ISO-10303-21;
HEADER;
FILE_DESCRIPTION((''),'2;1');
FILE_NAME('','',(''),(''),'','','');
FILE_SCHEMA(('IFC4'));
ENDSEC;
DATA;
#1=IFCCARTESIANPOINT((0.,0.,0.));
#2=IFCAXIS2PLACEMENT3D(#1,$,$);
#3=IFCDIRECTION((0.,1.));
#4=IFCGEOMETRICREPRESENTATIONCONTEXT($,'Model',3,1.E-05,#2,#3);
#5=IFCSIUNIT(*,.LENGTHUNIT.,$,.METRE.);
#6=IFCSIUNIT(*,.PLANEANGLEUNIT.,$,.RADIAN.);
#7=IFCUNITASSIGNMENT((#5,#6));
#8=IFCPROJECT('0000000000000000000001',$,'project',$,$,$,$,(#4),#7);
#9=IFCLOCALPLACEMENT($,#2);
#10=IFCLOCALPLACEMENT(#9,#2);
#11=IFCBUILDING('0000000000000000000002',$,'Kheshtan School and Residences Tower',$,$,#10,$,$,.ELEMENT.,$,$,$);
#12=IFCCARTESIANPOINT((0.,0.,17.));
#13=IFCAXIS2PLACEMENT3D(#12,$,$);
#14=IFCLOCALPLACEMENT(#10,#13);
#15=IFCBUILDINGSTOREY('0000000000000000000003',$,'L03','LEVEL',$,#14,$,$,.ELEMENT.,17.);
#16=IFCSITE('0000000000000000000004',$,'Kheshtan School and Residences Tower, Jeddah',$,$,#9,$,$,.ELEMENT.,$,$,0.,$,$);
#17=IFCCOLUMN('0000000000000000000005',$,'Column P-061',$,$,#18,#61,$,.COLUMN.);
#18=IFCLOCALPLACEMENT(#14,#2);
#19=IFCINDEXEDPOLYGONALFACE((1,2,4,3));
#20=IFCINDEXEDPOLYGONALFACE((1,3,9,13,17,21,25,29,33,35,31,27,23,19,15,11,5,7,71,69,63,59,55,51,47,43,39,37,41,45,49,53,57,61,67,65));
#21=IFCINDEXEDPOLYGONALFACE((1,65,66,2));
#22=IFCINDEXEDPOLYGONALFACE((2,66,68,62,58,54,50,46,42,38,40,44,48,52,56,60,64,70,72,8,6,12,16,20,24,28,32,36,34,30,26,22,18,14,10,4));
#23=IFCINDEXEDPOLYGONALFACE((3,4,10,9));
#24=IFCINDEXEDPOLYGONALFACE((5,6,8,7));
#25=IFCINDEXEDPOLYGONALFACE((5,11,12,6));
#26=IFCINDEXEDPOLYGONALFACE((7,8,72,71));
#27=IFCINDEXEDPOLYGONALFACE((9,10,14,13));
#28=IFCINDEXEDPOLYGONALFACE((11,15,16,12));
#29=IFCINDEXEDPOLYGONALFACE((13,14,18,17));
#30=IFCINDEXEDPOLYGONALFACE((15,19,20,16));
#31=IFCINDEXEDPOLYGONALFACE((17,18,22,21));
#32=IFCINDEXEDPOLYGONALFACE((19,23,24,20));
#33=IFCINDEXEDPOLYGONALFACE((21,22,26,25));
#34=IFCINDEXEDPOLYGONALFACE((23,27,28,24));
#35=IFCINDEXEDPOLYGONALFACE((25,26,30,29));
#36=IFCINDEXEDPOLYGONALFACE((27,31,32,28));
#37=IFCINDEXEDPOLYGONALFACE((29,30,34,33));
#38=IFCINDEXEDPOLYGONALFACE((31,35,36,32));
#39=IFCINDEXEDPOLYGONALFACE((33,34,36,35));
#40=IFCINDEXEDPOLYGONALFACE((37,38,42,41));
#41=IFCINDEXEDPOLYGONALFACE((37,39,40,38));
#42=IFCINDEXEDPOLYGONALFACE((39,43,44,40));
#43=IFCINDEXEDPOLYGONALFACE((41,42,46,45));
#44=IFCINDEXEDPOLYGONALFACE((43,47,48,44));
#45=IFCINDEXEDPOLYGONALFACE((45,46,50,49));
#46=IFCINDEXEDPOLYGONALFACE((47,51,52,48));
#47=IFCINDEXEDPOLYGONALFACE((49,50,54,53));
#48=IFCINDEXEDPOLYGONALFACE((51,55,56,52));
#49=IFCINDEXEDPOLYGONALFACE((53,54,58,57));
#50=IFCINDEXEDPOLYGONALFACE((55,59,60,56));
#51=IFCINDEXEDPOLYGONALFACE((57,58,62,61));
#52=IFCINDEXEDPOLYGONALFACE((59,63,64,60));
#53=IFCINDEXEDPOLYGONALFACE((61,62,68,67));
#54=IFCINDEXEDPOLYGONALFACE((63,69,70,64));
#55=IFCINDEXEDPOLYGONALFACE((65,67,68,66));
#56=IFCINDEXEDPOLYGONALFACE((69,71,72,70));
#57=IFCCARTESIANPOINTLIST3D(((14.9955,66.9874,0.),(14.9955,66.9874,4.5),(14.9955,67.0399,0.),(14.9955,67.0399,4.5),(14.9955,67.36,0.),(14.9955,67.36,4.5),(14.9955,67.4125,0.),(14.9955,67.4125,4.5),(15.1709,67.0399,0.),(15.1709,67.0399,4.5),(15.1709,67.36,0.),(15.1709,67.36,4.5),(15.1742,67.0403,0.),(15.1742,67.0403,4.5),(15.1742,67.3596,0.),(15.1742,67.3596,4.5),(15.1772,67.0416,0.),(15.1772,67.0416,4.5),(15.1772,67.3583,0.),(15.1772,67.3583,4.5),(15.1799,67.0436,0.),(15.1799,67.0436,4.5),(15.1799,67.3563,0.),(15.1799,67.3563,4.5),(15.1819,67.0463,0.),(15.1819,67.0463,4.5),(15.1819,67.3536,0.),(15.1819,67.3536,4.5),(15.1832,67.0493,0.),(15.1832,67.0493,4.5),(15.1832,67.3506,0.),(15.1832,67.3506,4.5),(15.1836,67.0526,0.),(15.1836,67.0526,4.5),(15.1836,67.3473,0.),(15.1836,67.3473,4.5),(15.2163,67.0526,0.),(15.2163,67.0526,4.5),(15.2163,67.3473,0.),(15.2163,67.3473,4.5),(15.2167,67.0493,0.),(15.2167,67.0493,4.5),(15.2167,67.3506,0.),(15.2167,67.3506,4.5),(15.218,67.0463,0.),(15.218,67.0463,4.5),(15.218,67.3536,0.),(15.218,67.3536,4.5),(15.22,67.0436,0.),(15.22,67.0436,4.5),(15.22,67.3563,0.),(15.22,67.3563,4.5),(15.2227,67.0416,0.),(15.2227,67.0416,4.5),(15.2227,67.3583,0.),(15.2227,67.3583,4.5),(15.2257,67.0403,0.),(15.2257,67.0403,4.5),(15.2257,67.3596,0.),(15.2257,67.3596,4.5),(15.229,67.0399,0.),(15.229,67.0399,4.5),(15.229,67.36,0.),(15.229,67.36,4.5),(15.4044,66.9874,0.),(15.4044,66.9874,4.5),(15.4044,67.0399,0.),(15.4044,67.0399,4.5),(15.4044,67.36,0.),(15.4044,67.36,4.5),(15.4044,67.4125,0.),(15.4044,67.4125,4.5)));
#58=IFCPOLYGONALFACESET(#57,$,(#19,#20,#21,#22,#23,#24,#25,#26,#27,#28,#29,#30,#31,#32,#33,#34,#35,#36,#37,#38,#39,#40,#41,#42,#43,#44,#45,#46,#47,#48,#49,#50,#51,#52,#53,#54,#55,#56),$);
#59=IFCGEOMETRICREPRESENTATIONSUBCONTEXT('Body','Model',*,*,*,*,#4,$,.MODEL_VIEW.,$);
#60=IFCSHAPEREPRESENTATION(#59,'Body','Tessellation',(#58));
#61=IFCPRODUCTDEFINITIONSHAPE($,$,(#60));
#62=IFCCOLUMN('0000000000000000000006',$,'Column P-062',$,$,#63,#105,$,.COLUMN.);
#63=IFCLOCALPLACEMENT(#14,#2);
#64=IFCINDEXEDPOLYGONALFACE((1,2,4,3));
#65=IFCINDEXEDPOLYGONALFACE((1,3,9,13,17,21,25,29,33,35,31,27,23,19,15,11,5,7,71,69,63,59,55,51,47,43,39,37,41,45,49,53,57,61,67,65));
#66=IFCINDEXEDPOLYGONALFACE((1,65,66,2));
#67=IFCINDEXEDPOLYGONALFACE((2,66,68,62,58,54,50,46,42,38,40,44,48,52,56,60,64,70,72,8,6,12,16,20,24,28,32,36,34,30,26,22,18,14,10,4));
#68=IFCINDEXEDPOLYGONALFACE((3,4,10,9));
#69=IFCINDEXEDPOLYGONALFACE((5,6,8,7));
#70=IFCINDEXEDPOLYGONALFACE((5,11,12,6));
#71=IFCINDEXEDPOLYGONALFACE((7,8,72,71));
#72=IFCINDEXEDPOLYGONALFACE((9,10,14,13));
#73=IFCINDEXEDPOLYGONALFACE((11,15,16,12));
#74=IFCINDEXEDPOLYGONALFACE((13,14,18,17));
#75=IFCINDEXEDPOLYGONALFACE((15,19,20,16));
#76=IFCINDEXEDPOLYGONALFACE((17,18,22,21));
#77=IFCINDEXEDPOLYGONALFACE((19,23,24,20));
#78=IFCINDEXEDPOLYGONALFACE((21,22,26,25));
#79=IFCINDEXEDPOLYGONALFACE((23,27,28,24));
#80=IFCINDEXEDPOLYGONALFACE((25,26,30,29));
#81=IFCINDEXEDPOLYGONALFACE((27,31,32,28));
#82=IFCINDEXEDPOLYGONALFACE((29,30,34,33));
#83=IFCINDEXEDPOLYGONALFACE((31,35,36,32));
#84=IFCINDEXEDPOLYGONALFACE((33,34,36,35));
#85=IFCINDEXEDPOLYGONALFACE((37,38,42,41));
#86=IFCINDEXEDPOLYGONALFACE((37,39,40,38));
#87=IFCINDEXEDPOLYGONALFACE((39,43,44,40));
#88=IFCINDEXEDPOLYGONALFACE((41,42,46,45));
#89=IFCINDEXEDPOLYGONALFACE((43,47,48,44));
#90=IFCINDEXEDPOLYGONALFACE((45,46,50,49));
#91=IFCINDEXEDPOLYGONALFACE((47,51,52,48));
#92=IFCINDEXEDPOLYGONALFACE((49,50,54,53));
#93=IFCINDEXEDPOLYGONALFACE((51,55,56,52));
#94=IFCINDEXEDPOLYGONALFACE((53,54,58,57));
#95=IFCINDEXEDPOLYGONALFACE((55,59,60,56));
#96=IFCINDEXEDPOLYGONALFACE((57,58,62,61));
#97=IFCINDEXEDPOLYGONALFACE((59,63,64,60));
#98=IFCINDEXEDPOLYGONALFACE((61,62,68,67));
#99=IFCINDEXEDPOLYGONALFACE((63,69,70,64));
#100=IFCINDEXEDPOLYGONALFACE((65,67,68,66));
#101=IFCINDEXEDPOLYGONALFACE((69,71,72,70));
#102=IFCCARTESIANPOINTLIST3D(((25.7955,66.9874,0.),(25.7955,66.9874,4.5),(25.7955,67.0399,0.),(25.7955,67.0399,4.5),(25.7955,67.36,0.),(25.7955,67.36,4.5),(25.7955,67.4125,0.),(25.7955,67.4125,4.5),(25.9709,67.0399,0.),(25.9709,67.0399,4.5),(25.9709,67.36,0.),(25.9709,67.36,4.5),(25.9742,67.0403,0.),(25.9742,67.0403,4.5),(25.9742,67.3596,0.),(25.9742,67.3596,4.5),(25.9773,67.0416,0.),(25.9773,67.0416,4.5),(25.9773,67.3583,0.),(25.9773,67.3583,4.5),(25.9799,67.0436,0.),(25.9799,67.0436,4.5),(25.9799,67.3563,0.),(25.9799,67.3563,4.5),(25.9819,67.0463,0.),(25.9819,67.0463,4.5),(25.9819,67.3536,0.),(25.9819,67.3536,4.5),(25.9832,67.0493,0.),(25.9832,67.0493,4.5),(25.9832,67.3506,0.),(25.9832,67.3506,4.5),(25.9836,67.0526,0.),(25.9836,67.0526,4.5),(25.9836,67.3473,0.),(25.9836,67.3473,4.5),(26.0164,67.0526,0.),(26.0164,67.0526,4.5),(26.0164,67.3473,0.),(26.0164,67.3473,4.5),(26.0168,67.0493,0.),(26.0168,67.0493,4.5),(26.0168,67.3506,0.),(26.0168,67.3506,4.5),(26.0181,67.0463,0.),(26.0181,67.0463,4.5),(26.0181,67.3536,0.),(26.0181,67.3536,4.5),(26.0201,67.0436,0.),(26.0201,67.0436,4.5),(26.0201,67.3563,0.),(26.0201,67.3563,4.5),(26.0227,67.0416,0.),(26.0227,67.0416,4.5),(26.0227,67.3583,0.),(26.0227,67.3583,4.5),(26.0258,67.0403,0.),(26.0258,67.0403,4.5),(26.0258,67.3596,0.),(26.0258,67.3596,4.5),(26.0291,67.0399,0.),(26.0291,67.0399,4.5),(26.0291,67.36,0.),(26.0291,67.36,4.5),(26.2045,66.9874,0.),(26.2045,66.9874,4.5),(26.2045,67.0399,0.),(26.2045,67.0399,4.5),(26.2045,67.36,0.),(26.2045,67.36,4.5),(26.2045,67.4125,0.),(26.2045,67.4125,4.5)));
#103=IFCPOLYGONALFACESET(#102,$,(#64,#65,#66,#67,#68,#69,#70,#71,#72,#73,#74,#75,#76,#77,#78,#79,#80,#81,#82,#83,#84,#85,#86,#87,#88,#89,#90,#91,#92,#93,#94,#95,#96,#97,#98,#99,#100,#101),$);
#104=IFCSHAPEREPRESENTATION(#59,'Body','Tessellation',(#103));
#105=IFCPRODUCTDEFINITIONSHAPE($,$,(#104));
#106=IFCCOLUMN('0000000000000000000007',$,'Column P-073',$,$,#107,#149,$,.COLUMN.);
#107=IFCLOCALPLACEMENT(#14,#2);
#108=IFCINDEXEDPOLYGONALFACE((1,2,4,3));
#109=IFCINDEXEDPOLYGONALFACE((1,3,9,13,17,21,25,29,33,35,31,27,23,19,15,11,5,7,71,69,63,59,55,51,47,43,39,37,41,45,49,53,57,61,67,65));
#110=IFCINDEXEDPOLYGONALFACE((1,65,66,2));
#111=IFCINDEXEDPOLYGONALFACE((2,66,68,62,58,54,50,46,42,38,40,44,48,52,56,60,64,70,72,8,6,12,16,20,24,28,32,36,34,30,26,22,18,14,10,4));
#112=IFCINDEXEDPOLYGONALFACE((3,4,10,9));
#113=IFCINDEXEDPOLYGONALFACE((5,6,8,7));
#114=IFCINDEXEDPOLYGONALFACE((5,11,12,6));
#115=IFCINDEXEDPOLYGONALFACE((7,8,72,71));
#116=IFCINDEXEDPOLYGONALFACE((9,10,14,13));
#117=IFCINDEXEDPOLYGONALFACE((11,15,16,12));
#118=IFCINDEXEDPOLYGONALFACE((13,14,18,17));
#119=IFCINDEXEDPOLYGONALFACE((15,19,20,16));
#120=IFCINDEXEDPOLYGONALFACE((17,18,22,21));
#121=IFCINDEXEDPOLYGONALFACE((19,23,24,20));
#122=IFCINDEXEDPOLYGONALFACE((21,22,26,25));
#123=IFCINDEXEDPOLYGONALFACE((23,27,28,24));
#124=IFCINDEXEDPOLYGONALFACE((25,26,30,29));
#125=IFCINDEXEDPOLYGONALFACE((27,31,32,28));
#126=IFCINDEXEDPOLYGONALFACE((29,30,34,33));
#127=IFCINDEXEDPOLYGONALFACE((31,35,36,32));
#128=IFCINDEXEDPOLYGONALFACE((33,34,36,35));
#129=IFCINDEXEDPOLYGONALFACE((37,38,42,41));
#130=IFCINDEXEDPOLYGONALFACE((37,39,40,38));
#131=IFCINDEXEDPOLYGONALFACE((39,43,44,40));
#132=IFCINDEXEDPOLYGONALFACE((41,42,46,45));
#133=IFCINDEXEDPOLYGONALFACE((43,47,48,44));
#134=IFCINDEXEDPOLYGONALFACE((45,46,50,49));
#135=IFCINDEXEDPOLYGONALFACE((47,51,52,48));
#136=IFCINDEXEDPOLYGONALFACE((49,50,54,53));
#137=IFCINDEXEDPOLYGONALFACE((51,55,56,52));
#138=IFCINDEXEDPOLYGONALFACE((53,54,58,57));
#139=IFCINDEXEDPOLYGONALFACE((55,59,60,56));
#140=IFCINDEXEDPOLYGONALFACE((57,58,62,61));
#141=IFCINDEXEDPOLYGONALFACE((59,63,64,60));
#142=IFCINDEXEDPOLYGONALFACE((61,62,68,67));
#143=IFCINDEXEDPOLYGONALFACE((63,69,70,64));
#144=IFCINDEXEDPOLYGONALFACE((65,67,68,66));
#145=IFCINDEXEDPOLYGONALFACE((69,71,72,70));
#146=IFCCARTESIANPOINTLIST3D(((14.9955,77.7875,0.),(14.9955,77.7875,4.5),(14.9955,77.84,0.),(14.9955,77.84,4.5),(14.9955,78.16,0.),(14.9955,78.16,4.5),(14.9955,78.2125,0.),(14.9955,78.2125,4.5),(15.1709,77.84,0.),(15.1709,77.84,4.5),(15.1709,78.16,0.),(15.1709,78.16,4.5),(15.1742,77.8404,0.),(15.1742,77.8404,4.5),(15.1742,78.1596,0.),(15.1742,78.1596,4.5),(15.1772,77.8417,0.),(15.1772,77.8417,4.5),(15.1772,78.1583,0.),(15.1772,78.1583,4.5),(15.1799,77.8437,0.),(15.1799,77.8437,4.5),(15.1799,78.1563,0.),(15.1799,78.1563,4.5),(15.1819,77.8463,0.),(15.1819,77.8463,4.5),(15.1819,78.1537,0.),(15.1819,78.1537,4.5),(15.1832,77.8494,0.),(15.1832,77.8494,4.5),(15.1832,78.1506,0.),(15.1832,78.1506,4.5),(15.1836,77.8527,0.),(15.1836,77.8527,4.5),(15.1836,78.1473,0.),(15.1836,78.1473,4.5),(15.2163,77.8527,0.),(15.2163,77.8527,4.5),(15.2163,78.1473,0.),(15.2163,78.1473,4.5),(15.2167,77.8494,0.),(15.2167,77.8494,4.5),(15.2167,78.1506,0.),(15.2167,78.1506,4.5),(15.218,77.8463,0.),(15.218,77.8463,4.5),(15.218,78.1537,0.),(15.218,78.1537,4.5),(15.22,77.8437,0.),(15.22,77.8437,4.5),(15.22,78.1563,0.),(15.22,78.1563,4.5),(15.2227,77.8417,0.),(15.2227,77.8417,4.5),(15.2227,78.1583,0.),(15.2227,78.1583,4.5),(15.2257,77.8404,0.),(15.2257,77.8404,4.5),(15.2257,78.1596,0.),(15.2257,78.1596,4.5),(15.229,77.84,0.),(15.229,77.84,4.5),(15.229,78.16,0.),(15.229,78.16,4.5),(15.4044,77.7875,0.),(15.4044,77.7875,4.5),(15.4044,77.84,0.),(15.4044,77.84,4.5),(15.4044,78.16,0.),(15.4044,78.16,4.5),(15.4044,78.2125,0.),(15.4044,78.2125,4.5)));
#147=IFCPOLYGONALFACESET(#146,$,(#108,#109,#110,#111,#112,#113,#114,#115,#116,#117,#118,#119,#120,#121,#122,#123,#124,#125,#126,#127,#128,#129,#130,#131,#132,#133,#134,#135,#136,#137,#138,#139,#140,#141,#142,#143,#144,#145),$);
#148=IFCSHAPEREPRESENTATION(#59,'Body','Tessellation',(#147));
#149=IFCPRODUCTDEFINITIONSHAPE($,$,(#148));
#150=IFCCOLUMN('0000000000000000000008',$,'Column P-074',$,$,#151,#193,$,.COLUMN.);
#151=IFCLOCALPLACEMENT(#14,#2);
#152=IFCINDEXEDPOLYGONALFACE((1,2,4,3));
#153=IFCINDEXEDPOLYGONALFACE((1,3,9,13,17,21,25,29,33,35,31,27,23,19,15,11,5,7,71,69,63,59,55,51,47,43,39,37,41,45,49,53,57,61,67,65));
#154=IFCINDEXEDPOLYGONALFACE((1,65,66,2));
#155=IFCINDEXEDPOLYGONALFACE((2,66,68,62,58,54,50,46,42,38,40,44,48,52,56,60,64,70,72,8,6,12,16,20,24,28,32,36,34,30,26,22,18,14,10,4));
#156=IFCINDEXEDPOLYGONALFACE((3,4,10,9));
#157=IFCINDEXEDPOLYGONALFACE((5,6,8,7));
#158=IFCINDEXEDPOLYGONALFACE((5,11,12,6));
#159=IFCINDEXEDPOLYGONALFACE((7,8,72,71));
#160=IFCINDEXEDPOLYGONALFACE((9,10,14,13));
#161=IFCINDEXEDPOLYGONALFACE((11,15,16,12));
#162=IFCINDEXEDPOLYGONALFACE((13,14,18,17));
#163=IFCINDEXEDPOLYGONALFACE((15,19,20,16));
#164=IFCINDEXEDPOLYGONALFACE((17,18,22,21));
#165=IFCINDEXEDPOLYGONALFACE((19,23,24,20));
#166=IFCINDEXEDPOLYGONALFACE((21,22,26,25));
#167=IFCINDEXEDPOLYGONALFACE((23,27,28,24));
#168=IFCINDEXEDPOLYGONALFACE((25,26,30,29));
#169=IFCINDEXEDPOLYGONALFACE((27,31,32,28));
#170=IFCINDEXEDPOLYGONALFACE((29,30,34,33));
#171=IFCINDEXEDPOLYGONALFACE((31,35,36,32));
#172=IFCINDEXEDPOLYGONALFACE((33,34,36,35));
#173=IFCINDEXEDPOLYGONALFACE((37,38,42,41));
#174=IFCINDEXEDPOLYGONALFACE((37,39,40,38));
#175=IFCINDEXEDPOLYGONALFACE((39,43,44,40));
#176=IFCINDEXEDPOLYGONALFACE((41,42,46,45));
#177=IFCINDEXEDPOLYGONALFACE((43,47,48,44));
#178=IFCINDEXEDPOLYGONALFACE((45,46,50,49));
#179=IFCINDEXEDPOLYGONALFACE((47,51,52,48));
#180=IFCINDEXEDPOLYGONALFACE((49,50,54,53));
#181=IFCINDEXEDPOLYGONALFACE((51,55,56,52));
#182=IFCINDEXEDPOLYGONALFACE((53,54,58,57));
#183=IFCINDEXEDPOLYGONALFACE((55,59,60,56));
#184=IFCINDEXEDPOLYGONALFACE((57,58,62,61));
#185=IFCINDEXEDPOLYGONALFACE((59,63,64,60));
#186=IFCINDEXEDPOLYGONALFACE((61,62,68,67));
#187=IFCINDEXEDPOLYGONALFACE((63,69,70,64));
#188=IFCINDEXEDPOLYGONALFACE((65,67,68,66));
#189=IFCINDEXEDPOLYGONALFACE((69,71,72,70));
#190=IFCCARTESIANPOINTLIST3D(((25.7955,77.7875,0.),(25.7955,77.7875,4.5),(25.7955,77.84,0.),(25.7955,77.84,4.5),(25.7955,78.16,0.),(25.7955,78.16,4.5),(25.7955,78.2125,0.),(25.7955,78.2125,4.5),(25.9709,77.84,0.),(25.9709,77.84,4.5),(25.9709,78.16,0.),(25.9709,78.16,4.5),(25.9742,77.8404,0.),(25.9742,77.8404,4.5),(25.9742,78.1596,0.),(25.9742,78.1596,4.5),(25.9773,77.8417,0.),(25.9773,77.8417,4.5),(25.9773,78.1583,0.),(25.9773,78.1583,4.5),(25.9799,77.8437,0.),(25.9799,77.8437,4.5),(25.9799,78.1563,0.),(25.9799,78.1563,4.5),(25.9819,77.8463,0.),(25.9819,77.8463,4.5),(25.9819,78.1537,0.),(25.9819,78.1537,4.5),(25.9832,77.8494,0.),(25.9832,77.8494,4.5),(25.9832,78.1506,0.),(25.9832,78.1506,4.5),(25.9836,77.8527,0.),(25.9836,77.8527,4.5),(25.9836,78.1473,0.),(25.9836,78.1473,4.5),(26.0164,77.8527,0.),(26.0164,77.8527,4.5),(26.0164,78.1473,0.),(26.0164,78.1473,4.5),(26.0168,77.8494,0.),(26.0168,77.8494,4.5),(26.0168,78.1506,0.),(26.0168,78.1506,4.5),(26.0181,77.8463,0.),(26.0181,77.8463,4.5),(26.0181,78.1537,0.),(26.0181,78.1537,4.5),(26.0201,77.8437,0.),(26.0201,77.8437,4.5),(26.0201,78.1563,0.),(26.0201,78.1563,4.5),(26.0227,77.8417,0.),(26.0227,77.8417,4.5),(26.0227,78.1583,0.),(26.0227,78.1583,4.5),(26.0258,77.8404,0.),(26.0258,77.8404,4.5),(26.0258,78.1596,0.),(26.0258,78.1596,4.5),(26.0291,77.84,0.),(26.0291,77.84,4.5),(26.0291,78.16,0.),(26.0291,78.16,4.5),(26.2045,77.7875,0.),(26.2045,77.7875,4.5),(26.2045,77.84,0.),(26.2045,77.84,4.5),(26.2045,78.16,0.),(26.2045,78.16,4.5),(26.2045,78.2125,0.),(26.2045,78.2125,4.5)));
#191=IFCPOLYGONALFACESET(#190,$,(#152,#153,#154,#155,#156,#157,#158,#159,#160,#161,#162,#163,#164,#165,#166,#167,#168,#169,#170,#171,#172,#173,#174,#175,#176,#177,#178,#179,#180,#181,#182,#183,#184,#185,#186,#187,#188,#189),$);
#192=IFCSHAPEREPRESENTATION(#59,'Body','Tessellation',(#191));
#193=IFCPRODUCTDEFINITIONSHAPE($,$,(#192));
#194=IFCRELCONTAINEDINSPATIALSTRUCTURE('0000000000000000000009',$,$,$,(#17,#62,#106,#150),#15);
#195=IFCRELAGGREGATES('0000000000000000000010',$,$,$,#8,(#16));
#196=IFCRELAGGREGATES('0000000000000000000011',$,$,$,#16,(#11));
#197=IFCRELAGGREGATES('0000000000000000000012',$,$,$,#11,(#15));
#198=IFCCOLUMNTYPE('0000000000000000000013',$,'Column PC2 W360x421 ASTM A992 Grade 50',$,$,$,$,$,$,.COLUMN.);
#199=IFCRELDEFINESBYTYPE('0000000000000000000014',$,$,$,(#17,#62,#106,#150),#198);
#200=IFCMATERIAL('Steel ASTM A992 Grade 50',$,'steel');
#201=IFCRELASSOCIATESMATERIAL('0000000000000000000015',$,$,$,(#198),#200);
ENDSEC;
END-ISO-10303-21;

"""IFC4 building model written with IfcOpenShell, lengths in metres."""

from ifc_helpers import new_model, si_unit, direction, frame, origin, origin_2d, place, context, subcontext, project, spatial, i_section, extrude, material, material_profile, profile_set, type_object, element, save


model = new_model("IFC4")

# Units and contexts
model_context = context("Model", 3, precision=1e-05, world=origin(), true_north=direction((0.0, 1.0)))
body_context = subcontext(model_context, "Body", "Model", "MODEL_VIEW")
ifc_project = project(units=[si_unit("LENGTHUNIT", "METRE"), si_unit("PLANEANGLEUNIT", "RADIAN")], contexts=[model_context])

# Site, building, storey
site_placement = place(None, origin())
site = spatial("IfcSite", under=ifc_project, at=site_placement, Name="Kheshtan School and Residences Tower, Jeddah", CompositionType="ELEMENT", RefElevation=0.0)
building_placement = place(site_placement, origin())
building = spatial("IfcBuilding", under=site, at=building_placement, Name="Kheshtan School and Residences Tower", CompositionType="ELEMENT")
storey_placement = place(building_placement, frame((0.0, 0.0, 17.0)))
storey = spatial("IfcBuildingStorey", under=building, at=storey_placement, Name="L03", Description="LEVEL", CompositionType="ELEMENT", Elevation=17.0)

# Columns
ifc_material_1 = material(Name="Steel ASTM A992 Grade 50", Category="steel")
ifc_material_profile_1 = material_profile(ifc_material_1, i_section(OverallWidth=0.4089, OverallDepth=0.425, WebThickness=0.0327, FlangeThickness=0.0525, FilletRadius=0.0127, at=origin_2d()), Name="W360x421")
ifc_profile_set_1 = profile_set([ifc_material_profile_1], Name="Steel ASTM A992 Grade 50")
column_type = type_object("IfcColumnType", Name="Column PC2 W360x421 ASTM A992 Grade 50", PredefinedType="COLUMN", material=ifc_profile_set_1)
for number, where, z_axis, x_axis, name in (
    (1, (15.2, 67.2, 0.0), (0.0, 0.0, 1.0), (1.0, 0.0, 0.0), "Column P-061"),
    (2, (26.0, 67.2, 0.0), (0.0, 0.0, 1.0), (1.0, 0.0, 0.0), "Column P-062"),
    (3, (15.2, 78.0, 0.0), (0.0, 0.0, 1.0), (1.0, 0.0, 0.0), "Column P-073"),
    (4, (26.0, 78.0, 0.0), (0.0, 0.0, 1.0), (1.0, 0.0, 0.0), "Column P-074"),
):
    element("IfcColumn", number, at=place(storey_placement, frame(where, z_axis=z_axis, x_axis=x_axis)), inside=storey, type_object=column_type, Name=name, PredefinedType="COLUMN", context=body_context, shape_type="SweptSolid", body=[
        extrude(i_section(OverallWidth=0.4089, OverallDepth=0.425, WebThickness=0.0327, FlangeThickness=0.0525, FilletRadius=0.0127, at=origin_2d()), origin(), (0.0, 0.0, 1.0), 4.5),
    ])

save(model, "model.ifc")
